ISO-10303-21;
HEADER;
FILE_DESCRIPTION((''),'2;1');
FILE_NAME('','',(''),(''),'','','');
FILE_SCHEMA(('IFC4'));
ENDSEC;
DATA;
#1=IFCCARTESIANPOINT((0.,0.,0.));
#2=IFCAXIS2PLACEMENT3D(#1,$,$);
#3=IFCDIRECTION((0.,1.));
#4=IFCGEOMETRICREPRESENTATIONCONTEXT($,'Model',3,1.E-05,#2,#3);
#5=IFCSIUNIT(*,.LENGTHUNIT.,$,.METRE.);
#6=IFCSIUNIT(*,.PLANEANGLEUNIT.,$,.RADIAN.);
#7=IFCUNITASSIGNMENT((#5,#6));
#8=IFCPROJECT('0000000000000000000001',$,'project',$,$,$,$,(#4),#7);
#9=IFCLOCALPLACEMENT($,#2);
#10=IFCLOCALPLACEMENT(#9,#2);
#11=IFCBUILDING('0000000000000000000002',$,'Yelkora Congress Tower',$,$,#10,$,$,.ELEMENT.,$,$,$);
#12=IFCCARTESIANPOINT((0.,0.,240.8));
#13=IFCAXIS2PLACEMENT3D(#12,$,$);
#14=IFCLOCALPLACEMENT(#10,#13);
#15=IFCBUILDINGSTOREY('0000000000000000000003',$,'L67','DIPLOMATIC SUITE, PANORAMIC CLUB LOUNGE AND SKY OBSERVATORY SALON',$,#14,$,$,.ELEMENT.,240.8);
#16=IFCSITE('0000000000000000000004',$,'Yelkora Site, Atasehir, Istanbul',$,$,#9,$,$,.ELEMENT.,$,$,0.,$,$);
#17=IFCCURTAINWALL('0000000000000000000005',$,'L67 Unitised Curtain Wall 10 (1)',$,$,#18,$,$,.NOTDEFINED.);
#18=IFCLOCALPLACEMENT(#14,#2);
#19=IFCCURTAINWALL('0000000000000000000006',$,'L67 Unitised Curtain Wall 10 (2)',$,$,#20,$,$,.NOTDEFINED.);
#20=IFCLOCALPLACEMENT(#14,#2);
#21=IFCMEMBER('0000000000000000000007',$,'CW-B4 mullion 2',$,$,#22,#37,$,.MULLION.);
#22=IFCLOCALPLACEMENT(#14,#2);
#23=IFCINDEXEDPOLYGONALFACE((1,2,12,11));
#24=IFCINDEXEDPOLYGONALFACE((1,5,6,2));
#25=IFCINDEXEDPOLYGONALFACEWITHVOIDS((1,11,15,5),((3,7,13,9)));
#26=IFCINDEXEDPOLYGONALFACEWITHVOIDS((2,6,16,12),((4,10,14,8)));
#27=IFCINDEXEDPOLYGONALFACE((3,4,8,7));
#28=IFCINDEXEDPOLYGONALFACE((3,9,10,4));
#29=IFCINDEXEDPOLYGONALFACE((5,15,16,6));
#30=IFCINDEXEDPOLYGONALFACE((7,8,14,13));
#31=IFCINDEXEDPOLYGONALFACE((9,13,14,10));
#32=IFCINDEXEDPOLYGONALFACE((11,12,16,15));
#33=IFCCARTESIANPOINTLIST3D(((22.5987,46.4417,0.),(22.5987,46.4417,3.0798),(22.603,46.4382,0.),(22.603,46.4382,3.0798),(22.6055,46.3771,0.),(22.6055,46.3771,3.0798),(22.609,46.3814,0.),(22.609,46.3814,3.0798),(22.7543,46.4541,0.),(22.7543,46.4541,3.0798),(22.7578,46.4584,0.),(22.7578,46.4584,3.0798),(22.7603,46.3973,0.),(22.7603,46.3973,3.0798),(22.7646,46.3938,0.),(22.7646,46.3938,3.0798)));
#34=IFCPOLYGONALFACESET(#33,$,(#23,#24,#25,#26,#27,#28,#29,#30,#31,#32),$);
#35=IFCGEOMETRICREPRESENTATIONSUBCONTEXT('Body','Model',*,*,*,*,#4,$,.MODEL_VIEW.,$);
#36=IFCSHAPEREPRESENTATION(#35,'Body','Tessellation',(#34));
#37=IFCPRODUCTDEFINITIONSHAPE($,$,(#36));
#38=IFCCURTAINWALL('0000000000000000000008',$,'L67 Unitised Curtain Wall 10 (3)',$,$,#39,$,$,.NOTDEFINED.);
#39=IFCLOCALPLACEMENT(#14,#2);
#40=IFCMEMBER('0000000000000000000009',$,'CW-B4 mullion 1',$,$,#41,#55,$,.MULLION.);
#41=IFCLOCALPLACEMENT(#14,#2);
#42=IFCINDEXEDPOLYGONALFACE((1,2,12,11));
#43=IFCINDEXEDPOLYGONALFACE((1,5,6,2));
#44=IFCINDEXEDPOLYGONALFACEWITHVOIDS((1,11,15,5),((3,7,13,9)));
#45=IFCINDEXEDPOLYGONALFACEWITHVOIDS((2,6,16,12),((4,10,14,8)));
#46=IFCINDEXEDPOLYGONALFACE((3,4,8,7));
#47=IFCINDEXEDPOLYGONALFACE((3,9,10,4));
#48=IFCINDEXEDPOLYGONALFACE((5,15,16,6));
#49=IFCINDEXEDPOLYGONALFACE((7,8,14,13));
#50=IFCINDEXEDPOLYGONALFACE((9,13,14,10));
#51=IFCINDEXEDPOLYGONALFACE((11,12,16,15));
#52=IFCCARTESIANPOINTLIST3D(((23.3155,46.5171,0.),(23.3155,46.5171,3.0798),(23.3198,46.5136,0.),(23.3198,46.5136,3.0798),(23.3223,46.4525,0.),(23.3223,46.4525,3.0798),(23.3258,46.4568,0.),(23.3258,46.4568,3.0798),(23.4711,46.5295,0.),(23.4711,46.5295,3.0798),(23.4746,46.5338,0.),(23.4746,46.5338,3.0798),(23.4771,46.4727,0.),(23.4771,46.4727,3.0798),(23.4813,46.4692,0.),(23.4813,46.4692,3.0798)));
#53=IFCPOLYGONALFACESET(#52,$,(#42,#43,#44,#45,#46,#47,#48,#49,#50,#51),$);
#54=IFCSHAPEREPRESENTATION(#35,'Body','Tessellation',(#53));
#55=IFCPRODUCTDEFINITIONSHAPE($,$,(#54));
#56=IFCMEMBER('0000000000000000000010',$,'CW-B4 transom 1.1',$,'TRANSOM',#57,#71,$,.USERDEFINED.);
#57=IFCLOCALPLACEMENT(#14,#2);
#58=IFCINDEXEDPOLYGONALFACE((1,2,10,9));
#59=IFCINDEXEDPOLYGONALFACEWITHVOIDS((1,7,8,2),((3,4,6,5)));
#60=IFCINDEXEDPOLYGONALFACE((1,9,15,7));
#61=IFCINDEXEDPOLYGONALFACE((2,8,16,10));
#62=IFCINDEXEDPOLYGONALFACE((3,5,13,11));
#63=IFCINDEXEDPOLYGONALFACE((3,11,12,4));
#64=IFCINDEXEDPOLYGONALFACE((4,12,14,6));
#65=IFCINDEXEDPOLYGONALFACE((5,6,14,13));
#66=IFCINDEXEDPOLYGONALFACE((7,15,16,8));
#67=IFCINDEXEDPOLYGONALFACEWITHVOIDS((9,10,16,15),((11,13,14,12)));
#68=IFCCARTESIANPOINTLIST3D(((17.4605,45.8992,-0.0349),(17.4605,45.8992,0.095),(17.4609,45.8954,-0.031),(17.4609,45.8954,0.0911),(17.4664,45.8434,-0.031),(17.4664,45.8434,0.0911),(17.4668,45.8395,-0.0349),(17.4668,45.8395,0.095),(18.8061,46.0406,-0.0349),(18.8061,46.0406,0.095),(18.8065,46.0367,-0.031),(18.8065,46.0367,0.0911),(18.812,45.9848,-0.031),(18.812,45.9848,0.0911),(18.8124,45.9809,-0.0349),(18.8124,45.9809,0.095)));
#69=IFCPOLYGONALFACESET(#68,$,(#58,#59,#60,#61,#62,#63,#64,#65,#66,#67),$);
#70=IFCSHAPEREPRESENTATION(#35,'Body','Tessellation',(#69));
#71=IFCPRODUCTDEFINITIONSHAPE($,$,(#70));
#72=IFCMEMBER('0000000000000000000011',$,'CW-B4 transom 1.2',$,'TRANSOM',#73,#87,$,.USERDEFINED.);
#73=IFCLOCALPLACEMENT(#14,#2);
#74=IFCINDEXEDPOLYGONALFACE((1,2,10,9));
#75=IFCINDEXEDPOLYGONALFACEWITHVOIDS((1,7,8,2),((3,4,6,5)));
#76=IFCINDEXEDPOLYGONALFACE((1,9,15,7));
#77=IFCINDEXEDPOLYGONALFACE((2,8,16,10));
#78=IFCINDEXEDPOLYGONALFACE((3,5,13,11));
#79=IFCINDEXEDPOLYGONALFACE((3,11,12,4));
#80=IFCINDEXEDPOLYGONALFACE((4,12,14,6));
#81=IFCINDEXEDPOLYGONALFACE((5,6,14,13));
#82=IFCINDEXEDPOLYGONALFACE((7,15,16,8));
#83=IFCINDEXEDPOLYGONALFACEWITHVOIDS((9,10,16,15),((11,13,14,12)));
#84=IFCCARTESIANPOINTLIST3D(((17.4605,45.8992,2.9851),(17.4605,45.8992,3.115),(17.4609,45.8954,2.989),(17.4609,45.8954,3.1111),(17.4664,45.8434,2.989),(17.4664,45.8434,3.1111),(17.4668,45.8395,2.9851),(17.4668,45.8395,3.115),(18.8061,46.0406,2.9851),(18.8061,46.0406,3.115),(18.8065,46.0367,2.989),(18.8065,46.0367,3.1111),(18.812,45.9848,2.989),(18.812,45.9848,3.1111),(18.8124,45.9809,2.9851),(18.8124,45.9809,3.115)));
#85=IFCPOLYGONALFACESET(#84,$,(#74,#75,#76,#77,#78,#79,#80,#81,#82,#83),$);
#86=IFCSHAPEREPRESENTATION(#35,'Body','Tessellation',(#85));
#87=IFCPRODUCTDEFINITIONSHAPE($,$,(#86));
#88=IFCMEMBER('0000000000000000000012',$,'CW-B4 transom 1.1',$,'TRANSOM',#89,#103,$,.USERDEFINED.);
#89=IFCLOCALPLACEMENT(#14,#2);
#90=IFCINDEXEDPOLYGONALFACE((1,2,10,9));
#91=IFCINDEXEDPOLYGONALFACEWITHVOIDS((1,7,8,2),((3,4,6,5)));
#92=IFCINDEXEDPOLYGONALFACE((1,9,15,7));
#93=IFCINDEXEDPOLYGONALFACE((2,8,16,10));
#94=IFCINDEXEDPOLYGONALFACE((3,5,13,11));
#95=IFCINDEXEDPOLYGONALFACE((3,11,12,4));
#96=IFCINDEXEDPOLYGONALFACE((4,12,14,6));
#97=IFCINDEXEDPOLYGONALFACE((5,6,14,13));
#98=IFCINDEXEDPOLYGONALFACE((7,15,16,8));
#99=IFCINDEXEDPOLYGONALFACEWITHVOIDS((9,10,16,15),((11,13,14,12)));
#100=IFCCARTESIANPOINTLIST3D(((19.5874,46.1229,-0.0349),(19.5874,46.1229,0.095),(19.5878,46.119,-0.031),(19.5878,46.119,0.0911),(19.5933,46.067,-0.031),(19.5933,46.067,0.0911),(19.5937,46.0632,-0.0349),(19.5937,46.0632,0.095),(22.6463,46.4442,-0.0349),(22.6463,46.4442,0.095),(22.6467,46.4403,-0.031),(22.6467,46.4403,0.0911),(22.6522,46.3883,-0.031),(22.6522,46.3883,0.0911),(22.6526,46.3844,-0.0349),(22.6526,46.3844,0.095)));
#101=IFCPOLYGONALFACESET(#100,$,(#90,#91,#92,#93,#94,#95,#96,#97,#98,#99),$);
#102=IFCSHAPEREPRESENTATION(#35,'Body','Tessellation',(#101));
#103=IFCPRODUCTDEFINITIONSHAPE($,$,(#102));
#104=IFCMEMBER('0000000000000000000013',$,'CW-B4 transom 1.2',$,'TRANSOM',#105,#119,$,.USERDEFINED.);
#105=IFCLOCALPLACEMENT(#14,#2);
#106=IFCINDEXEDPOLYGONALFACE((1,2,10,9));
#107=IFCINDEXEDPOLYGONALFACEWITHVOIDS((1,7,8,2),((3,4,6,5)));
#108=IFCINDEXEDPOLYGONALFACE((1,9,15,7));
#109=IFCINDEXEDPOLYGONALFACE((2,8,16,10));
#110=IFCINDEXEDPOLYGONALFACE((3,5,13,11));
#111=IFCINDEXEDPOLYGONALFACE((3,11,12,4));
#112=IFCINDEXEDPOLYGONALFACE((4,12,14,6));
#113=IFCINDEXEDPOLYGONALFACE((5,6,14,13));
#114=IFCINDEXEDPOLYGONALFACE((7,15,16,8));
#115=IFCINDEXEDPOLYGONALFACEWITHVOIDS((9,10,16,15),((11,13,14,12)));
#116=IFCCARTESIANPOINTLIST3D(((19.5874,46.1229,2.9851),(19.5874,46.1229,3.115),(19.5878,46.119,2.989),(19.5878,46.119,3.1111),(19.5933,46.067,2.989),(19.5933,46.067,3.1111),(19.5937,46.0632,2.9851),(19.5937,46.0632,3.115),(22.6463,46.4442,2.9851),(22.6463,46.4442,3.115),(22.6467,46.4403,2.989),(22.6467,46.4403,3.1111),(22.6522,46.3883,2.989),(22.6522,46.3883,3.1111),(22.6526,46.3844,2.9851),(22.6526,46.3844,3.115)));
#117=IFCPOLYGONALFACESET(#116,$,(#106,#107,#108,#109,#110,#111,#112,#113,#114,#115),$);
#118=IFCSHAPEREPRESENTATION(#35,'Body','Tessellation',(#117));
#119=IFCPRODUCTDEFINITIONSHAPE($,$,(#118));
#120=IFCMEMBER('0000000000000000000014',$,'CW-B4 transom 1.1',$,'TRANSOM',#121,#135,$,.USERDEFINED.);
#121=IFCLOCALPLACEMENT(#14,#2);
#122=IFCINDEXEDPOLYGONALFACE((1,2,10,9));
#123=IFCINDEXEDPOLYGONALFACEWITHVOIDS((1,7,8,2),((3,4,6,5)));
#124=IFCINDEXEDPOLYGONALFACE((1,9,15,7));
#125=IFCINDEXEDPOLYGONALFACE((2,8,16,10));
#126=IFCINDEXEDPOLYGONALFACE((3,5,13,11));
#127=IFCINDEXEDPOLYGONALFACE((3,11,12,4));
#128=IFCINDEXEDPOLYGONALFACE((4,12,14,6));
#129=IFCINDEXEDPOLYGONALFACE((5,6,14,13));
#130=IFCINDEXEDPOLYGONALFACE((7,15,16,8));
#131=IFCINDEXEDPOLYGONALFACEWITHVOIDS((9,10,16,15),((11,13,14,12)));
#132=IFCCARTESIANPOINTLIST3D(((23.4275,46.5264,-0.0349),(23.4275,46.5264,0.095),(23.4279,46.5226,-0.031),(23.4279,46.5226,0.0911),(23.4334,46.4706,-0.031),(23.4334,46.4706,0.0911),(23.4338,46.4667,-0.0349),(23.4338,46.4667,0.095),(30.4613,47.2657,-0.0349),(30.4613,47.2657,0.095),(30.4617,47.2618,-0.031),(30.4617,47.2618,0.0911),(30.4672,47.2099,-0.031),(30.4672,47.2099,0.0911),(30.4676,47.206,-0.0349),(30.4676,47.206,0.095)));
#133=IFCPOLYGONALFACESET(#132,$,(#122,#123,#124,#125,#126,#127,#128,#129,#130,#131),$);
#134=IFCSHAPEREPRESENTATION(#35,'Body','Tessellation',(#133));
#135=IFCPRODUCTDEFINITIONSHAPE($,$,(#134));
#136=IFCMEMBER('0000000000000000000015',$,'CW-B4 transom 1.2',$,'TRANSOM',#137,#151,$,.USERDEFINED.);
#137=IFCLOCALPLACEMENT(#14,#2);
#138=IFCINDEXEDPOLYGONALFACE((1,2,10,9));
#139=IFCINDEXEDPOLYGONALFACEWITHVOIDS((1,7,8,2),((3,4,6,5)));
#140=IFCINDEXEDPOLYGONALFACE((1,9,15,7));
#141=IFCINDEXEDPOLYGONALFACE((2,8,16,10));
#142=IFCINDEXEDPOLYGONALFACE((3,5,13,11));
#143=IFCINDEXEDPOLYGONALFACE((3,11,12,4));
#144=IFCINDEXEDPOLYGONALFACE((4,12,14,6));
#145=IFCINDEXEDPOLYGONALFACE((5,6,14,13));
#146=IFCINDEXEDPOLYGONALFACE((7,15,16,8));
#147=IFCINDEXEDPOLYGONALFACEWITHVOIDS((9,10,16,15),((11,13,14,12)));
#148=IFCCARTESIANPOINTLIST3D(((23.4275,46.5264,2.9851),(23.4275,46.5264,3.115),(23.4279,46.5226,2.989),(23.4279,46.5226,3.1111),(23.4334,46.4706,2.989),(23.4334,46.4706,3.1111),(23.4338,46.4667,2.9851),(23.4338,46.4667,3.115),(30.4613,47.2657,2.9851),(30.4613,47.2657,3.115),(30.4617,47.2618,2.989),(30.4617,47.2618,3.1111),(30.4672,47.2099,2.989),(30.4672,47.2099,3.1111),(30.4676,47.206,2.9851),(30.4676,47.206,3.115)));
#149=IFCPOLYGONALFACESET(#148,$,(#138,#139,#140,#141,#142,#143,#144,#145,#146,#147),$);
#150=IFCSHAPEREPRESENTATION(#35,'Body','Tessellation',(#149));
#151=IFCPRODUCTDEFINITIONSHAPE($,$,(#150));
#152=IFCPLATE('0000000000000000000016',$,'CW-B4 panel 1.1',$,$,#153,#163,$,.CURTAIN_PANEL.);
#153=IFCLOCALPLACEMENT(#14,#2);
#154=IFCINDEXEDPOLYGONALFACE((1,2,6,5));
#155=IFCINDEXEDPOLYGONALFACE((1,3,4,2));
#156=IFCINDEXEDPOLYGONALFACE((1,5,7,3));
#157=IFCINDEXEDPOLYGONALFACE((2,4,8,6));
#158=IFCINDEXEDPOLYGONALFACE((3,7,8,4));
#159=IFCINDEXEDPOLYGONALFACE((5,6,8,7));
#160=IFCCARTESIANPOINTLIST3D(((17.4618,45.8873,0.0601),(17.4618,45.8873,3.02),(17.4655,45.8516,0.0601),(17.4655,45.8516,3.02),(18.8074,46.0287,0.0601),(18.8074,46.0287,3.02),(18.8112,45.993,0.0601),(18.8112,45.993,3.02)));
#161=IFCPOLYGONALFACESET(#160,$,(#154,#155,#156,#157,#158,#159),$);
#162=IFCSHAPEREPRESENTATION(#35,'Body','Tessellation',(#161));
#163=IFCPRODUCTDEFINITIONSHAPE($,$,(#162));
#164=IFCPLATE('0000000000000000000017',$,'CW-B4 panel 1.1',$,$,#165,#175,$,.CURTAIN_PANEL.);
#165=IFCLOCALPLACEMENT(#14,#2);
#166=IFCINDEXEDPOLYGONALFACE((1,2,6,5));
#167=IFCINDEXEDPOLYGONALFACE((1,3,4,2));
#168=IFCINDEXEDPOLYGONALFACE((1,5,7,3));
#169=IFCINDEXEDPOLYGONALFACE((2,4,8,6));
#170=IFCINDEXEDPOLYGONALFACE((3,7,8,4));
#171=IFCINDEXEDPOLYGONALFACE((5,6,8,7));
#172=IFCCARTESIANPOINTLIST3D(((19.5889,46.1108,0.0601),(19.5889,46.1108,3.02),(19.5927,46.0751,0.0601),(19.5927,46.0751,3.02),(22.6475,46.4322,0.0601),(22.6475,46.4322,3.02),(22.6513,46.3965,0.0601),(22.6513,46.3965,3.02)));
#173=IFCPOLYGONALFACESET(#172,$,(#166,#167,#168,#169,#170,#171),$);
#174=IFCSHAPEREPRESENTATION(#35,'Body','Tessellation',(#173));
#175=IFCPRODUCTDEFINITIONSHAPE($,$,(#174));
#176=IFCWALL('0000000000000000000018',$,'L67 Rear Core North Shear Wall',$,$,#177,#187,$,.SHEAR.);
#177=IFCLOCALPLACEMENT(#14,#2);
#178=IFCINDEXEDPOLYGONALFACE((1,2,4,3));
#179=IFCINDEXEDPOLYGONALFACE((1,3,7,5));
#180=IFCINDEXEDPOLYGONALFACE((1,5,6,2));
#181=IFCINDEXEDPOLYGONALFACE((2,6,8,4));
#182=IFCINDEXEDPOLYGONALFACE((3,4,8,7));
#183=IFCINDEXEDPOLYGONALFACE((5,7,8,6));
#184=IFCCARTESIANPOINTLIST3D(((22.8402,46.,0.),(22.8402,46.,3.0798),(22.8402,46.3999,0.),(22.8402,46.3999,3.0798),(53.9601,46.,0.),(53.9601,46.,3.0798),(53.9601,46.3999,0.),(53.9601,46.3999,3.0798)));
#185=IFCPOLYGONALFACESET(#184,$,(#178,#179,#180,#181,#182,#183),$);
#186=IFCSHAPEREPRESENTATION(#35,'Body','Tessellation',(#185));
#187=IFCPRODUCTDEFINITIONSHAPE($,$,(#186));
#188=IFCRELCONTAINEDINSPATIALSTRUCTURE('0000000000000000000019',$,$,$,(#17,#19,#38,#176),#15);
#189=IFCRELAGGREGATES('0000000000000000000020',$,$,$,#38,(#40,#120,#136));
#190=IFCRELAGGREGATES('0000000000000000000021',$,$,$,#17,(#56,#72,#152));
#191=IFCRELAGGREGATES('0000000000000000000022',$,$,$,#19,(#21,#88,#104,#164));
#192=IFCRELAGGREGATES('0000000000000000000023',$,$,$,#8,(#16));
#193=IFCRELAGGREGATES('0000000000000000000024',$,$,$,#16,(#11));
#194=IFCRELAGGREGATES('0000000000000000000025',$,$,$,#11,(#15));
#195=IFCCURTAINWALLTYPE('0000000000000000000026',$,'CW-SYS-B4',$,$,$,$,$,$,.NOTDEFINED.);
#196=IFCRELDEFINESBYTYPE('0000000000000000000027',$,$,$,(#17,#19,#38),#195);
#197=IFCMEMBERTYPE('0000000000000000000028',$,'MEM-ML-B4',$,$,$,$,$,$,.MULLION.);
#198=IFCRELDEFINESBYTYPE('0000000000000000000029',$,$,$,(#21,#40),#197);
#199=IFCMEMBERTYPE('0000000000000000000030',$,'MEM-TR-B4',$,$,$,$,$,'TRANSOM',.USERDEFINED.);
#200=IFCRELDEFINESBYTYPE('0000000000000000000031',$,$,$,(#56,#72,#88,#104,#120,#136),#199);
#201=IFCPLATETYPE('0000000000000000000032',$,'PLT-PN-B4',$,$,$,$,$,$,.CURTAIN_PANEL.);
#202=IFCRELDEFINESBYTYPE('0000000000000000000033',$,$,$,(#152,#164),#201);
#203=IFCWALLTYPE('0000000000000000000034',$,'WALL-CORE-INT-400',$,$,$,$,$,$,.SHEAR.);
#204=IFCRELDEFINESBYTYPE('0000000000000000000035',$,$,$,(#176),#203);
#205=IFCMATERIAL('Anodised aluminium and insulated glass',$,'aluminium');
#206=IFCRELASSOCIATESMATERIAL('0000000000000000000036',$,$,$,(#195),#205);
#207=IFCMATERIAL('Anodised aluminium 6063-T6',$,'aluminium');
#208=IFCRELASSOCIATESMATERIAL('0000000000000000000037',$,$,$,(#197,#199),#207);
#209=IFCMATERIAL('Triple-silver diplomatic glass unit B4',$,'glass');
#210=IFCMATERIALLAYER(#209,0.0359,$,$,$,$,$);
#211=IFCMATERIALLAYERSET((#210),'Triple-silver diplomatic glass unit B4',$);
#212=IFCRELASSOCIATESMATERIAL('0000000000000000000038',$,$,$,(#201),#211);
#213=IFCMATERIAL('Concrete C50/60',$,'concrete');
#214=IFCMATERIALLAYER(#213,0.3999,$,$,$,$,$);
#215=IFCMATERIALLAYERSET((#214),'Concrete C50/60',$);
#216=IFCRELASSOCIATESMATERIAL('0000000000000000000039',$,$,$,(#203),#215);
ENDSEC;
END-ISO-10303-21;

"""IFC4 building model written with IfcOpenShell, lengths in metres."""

from ifc_helpers import new_model, si_unit, direction, frame, frame_2d, origin, origin_2d, place, context, subcontext, project, spatial, rectangle, hollow_rectangle, extrude, material, layer, layer_set, material_profile, profile_set, type_object, element, aggregate, save


model = new_model("IFC4")

# Units and contexts
model_context = context("Model", 3, precision=1e-05, world=origin(), true_north=direction((0.0, 1.0)))
body_context = subcontext(model_context, "Body", "Model", "MODEL_VIEW")
ifc_project = project(units=[si_unit("LENGTHUNIT", "METRE"), si_unit("PLANEANGLEUNIT", "RADIAN")], contexts=[model_context])

# Site, building, storey
site_placement = place(None, origin())
site = spatial("IfcSite", under=ifc_project, at=site_placement, Name="Yelkora Site, Atasehir, Istanbul", CompositionType="ELEMENT", RefElevation=0.0)
building_placement = place(site_placement, origin())
building = spatial("IfcBuilding", under=site, at=building_placement, Name="Yelkora Congress Tower", CompositionType="ELEMENT")
storey_placement = place(building_placement, frame((0.0, 0.0, 240.8)))
storey = spatial("IfcBuildingStorey", under=building, at=storey_placement, Name="L67", Description="DIPLOMATIC SUITE, PANORAMIC CLUB LOUNGE AND SKY OBSERVATORY SALON", CompositionType="ELEMENT", Elevation=240.8)

# Curtain walls, member
ifc_material_1 = material(Name="Anodised aluminium and insulated glass", Category="aluminium")
curtain_wall_type = type_object("IfcCurtainWallType", Name="CW-SYS-B4", PredefinedType="NOTDEFINED", material=ifc_material_1)
curtain_wall_1_placement = place(storey_placement, origin())
curtain_wall_1 = element("IfcCurtainWall", 1, at=curtain_wall_1_placement, inside=storey, type_object=curtain_wall_type, Name="L67 Unitised Curtain Wall 10 (1)", PredefinedType="NOTDEFINED")
ifc_material_2 = material(Name="Anodised aluminium 6063-T6", Category="aluminium")
ifc_material_profile_1 = material_profile(ifc_material_2, hollow_rectangle(XDim=0.0649, YDim=0.1599, WallThickness=0.0039, at=origin_2d()), Name="ALU 65x160x4")
ifc_profile_set_1 = profile_set([ifc_material_profile_1], Name="Anodised aluminium 6063-T6")
member_type_1 = type_object("IfcMemberType", Name="MEM-ML-B4", PredefinedType="MULLION", material=ifc_profile_set_1)
curtain_wall_2_placement = place(storey_placement, origin())
curtain_wall_2 = element("IfcCurtainWall", 2, at=curtain_wall_2_placement, inside=storey, type_object=curtain_wall_type, Name="L67 Unitised Curtain Wall 10 (2)", PredefinedType="NOTDEFINED")
member_1_placement = place(storey_placement, frame((22.6816, 46.4177, 0.0), z_axis=(0.0, 0.0, 1.0), x_axis=(-0.104506, 0.994524, 0.0)))
member_1 = element("IfcMember", 3, at=member_1_placement, type_object=member_type_1, Name="CW-B4 mullion 2", PredefinedType="MULLION", context=body_context, shape_type="SweptSolid", body=[
    extrude(hollow_rectangle(XDim=0.0649, YDim=0.1599, WallThickness=0.0039, at=origin_2d()), origin(), (0.0, 0.0, 1.0), 3.0798),
])

# Curtain wall, member
curtain_wall_3_placement = place(storey_placement, origin())
curtain_wall_3 = element("IfcCurtainWall", 4, at=curtain_wall_3_placement, inside=storey, type_object=curtain_wall_type, Name="L67 Unitised Curtain Wall 10 (3)", PredefinedType="NOTDEFINED")
member_2_placement = place(storey_placement, frame((23.3984, 46.4932, 0.0), z_axis=(0.0, 0.0, 1.0), x_axis=(-0.104528, 0.994522, 0.0)))
member_2 = element("IfcMember", 5, at=member_2_placement, type_object=member_type_1, Name="CW-B4 mullion 1", PredefinedType="MULLION", context=body_context, shape_type="SweptSolid", body=[
    extrude(hollow_rectangle(XDim=0.0649, YDim=0.1599, WallThickness=0.0039, at=origin_2d()), origin(), (0.0, 0.0, 1.0), 3.0798),
])

# Members
ifc_material_profile_2 = material_profile(ifc_material_2, hollow_rectangle(XDim=0.0601, YDim=0.1299, WallThickness=0.0039, at=origin_2d()), Name="ALU 60x130x4")
ifc_profile_set_2 = profile_set([ifc_material_profile_2], Name="Anodised aluminium 6063-T6")
member_type_2 = type_object("IfcMemberType", Name="MEM-TR-B4", ElementType="TRANSOM", PredefinedType="USERDEFINED", material=ifc_profile_set_2)
member_3_placement = place(storey_placement, frame((17.4636, 45.8694, 0.03), z_axis=(0.994528, 0.104469, 0.0), x_axis=(-0.104469, 0.994528, 0.0)))
member_3 = element("IfcMember", 6, at=member_3_placement, type_object=member_type_2, Name="CW-B4 transom 1.1", ObjectType="TRANSOM", PredefinedType="USERDEFINED", context=body_context, shape_type="SweptSolid", body=[
    extrude(hollow_rectangle(XDim=0.0601, YDim=0.1299, WallThickness=0.0039, at=origin_2d()), origin(), (0.0, 0.0, 1.0), 1.353),
])
member_4_placement = place(storey_placement, frame((17.4636, 45.8694, 3.05), z_axis=(0.994528, 0.104469, 0.0), x_axis=(-0.104469, 0.994528, 0.0)))
member_4 = element("IfcMember", 7, at=member_4_placement, type_object=member_type_2, Name="CW-B4 transom 1.2", ObjectType="TRANSOM", PredefinedType="USERDEFINED", context=body_context, shape_type="SweptSolid", body=[
    extrude(hollow_rectangle(XDim=0.0601, YDim=0.1299, WallThickness=0.0039, at=origin_2d()), origin(), (0.0, 0.0, 1.0), 1.353),
])
member_5_placement = place(storey_placement, frame((19.5906, 46.093, 0.03), z_axis=(0.994529, 0.104462, 0.0), x_axis=(-0.104462, 0.994529, 0.0)))
member_5 = element("IfcMember", 8, at=member_5_placement, type_object=member_type_2, Name="CW-B4 transom 1.1", ObjectType="TRANSOM", PredefinedType="USERDEFINED", context=body_context, shape_type="SweptSolid", body=[
    extrude(hollow_rectangle(XDim=0.0601, YDim=0.1299, WallThickness=0.0039, at=origin_2d()), origin(), (0.0, 0.0, 1.0), 3.0757),
])
member_6_placement = place(storey_placement, frame((19.5906, 46.093, 3.05), z_axis=(0.994529, 0.104462, 0.0), x_axis=(-0.104462, 0.994529, 0.0)))
member_6 = element("IfcMember", 9, at=member_6_placement, type_object=member_type_2, Name="CW-B4 transom 1.2", ObjectType="TRANSOM", PredefinedType="USERDEFINED", context=body_context, shape_type="SweptSolid", body=[
    extrude(hollow_rectangle(XDim=0.0601, YDim=0.1299, WallThickness=0.0039, at=origin_2d()), origin(), (0.0, 0.0, 1.0), 3.0757),
])
member_7_placement = place(storey_placement, frame((23.4307, 46.4966, 0.03), z_axis=(0.994522, 0.104527, 0.0), x_axis=(-0.104527, 0.994522, 0.0)))
member_7 = element("IfcMember", 10, at=member_7_placement, type_object=member_type_2, Name="CW-B4 transom 1.1", ObjectType="TRANSOM", PredefinedType="USERDEFINED", context=body_context, shape_type="SweptSolid", body=[
    extrude(hollow_rectangle(XDim=0.0601, YDim=0.1299, WallThickness=0.0039, at=origin_2d()), origin(), (0.0, 0.0, 1.0), 7.0725),
])
member_8_placement = place(storey_placement, frame((23.4307, 46.4966, 3.05), z_axis=(0.994522, 0.104527, 0.0), x_axis=(-0.104527, 0.994522, 0.0)))
member_8 = element("IfcMember", 11, at=member_8_placement, type_object=member_type_2, Name="CW-B4 transom 1.2", ObjectType="TRANSOM", PredefinedType="USERDEFINED", context=body_context, shape_type="SweptSolid", body=[
    extrude(hollow_rectangle(XDim=0.0601, YDim=0.1299, WallThickness=0.0039, at=origin_2d()), origin(), (0.0, 0.0, 1.0), 7.0725),
])
aggregate(curtain_wall_3, [member_2, member_7, member_8])

# Plates
ifc_material_3 = material(Name="Triple-silver diplomatic glass unit B4", Category="glass")
ifc_layer_1 = layer(ifc_material_3, 0.0359)
ifc_layer_set_1 = layer_set([ifc_layer_1], Name="Triple-silver diplomatic glass unit B4")
plate_type = type_object("IfcPlateType", Name="PLT-PN-B4", PredefinedType="CURTAIN_PANEL", material=ifc_layer_set_1)
plate_1_placement = place(storey_placement, frame((18.1365, 45.9402, 0.0601), z_axis=(0.0, 0.0, 1.0), x_axis=(0.994524, 0.104509, 0.0)))
plate_1 = element("IfcPlate", 12, at=plate_1_placement, type_object=plate_type, Name="CW-B4 panel 1.1", PredefinedType="CURTAIN_PANEL", context=body_context, shape_type="SweptSolid", body=[
    extrude(rectangle(XDim=1.353, YDim=0.0359, at=origin_2d()), origin(), (0.0, 0.0, 1.0), 2.96),
])
aggregate(curtain_wall_1, [member_3, member_4, plate_1])
plate_2_placement = place(storey_placement, frame((21.1201, 46.2537, 0.0601), z_axis=(0.0, 0.0, 1.0), x_axis=(0.994524, 0.104506, 0.0)))
plate_2 = element("IfcPlate", 13, at=plate_2_placement, type_object=plate_type, Name="CW-B4 panel 1.1", PredefinedType="CURTAIN_PANEL", context=body_context, shape_type="SweptSolid", body=[
    extrude(rectangle(XDim=3.0754, YDim=0.0359, at=origin_2d()), origin(), (0.0, 0.0, 1.0), 2.96),
])
aggregate(curtain_wall_2, [member_1, member_5, member_6, plate_2])

# Wall
ifc_material_4 = material(Name="Concrete C50/60", Category="concrete")
ifc_layer_2 = layer(ifc_material_4, 0.3999)
ifc_layer_set_2 = layer_set([ifc_layer_2], Name="Concrete C50/60")
wall_type_1 = type_object("IfcWallType", Name="WALL-CORE-INT-400", PredefinedType="SHEAR", material=ifc_layer_set_2)
wall_1_placement = place(storey_placement, frame((22.8401, 46.2, 0.0), z_axis=(0.0, 0.0, 1.0), x_axis=(1.0, 0.0, 0.0)))
element("IfcWall", 14, at=wall_1_placement, inside=storey, type_object=wall_type_1, Name="L67 Rear Core North Shear Wall", PredefinedType="SHEAR", context=body_context, shape_type="SweptSolid", body=[
    extrude(rectangle(XDim=31.1199, YDim=0.3999, at=frame_2d((15.5601, 0.0))), origin(), (0.0, 0.0, 1.0), 3.0798),
])

save(model, "model.ifc")
